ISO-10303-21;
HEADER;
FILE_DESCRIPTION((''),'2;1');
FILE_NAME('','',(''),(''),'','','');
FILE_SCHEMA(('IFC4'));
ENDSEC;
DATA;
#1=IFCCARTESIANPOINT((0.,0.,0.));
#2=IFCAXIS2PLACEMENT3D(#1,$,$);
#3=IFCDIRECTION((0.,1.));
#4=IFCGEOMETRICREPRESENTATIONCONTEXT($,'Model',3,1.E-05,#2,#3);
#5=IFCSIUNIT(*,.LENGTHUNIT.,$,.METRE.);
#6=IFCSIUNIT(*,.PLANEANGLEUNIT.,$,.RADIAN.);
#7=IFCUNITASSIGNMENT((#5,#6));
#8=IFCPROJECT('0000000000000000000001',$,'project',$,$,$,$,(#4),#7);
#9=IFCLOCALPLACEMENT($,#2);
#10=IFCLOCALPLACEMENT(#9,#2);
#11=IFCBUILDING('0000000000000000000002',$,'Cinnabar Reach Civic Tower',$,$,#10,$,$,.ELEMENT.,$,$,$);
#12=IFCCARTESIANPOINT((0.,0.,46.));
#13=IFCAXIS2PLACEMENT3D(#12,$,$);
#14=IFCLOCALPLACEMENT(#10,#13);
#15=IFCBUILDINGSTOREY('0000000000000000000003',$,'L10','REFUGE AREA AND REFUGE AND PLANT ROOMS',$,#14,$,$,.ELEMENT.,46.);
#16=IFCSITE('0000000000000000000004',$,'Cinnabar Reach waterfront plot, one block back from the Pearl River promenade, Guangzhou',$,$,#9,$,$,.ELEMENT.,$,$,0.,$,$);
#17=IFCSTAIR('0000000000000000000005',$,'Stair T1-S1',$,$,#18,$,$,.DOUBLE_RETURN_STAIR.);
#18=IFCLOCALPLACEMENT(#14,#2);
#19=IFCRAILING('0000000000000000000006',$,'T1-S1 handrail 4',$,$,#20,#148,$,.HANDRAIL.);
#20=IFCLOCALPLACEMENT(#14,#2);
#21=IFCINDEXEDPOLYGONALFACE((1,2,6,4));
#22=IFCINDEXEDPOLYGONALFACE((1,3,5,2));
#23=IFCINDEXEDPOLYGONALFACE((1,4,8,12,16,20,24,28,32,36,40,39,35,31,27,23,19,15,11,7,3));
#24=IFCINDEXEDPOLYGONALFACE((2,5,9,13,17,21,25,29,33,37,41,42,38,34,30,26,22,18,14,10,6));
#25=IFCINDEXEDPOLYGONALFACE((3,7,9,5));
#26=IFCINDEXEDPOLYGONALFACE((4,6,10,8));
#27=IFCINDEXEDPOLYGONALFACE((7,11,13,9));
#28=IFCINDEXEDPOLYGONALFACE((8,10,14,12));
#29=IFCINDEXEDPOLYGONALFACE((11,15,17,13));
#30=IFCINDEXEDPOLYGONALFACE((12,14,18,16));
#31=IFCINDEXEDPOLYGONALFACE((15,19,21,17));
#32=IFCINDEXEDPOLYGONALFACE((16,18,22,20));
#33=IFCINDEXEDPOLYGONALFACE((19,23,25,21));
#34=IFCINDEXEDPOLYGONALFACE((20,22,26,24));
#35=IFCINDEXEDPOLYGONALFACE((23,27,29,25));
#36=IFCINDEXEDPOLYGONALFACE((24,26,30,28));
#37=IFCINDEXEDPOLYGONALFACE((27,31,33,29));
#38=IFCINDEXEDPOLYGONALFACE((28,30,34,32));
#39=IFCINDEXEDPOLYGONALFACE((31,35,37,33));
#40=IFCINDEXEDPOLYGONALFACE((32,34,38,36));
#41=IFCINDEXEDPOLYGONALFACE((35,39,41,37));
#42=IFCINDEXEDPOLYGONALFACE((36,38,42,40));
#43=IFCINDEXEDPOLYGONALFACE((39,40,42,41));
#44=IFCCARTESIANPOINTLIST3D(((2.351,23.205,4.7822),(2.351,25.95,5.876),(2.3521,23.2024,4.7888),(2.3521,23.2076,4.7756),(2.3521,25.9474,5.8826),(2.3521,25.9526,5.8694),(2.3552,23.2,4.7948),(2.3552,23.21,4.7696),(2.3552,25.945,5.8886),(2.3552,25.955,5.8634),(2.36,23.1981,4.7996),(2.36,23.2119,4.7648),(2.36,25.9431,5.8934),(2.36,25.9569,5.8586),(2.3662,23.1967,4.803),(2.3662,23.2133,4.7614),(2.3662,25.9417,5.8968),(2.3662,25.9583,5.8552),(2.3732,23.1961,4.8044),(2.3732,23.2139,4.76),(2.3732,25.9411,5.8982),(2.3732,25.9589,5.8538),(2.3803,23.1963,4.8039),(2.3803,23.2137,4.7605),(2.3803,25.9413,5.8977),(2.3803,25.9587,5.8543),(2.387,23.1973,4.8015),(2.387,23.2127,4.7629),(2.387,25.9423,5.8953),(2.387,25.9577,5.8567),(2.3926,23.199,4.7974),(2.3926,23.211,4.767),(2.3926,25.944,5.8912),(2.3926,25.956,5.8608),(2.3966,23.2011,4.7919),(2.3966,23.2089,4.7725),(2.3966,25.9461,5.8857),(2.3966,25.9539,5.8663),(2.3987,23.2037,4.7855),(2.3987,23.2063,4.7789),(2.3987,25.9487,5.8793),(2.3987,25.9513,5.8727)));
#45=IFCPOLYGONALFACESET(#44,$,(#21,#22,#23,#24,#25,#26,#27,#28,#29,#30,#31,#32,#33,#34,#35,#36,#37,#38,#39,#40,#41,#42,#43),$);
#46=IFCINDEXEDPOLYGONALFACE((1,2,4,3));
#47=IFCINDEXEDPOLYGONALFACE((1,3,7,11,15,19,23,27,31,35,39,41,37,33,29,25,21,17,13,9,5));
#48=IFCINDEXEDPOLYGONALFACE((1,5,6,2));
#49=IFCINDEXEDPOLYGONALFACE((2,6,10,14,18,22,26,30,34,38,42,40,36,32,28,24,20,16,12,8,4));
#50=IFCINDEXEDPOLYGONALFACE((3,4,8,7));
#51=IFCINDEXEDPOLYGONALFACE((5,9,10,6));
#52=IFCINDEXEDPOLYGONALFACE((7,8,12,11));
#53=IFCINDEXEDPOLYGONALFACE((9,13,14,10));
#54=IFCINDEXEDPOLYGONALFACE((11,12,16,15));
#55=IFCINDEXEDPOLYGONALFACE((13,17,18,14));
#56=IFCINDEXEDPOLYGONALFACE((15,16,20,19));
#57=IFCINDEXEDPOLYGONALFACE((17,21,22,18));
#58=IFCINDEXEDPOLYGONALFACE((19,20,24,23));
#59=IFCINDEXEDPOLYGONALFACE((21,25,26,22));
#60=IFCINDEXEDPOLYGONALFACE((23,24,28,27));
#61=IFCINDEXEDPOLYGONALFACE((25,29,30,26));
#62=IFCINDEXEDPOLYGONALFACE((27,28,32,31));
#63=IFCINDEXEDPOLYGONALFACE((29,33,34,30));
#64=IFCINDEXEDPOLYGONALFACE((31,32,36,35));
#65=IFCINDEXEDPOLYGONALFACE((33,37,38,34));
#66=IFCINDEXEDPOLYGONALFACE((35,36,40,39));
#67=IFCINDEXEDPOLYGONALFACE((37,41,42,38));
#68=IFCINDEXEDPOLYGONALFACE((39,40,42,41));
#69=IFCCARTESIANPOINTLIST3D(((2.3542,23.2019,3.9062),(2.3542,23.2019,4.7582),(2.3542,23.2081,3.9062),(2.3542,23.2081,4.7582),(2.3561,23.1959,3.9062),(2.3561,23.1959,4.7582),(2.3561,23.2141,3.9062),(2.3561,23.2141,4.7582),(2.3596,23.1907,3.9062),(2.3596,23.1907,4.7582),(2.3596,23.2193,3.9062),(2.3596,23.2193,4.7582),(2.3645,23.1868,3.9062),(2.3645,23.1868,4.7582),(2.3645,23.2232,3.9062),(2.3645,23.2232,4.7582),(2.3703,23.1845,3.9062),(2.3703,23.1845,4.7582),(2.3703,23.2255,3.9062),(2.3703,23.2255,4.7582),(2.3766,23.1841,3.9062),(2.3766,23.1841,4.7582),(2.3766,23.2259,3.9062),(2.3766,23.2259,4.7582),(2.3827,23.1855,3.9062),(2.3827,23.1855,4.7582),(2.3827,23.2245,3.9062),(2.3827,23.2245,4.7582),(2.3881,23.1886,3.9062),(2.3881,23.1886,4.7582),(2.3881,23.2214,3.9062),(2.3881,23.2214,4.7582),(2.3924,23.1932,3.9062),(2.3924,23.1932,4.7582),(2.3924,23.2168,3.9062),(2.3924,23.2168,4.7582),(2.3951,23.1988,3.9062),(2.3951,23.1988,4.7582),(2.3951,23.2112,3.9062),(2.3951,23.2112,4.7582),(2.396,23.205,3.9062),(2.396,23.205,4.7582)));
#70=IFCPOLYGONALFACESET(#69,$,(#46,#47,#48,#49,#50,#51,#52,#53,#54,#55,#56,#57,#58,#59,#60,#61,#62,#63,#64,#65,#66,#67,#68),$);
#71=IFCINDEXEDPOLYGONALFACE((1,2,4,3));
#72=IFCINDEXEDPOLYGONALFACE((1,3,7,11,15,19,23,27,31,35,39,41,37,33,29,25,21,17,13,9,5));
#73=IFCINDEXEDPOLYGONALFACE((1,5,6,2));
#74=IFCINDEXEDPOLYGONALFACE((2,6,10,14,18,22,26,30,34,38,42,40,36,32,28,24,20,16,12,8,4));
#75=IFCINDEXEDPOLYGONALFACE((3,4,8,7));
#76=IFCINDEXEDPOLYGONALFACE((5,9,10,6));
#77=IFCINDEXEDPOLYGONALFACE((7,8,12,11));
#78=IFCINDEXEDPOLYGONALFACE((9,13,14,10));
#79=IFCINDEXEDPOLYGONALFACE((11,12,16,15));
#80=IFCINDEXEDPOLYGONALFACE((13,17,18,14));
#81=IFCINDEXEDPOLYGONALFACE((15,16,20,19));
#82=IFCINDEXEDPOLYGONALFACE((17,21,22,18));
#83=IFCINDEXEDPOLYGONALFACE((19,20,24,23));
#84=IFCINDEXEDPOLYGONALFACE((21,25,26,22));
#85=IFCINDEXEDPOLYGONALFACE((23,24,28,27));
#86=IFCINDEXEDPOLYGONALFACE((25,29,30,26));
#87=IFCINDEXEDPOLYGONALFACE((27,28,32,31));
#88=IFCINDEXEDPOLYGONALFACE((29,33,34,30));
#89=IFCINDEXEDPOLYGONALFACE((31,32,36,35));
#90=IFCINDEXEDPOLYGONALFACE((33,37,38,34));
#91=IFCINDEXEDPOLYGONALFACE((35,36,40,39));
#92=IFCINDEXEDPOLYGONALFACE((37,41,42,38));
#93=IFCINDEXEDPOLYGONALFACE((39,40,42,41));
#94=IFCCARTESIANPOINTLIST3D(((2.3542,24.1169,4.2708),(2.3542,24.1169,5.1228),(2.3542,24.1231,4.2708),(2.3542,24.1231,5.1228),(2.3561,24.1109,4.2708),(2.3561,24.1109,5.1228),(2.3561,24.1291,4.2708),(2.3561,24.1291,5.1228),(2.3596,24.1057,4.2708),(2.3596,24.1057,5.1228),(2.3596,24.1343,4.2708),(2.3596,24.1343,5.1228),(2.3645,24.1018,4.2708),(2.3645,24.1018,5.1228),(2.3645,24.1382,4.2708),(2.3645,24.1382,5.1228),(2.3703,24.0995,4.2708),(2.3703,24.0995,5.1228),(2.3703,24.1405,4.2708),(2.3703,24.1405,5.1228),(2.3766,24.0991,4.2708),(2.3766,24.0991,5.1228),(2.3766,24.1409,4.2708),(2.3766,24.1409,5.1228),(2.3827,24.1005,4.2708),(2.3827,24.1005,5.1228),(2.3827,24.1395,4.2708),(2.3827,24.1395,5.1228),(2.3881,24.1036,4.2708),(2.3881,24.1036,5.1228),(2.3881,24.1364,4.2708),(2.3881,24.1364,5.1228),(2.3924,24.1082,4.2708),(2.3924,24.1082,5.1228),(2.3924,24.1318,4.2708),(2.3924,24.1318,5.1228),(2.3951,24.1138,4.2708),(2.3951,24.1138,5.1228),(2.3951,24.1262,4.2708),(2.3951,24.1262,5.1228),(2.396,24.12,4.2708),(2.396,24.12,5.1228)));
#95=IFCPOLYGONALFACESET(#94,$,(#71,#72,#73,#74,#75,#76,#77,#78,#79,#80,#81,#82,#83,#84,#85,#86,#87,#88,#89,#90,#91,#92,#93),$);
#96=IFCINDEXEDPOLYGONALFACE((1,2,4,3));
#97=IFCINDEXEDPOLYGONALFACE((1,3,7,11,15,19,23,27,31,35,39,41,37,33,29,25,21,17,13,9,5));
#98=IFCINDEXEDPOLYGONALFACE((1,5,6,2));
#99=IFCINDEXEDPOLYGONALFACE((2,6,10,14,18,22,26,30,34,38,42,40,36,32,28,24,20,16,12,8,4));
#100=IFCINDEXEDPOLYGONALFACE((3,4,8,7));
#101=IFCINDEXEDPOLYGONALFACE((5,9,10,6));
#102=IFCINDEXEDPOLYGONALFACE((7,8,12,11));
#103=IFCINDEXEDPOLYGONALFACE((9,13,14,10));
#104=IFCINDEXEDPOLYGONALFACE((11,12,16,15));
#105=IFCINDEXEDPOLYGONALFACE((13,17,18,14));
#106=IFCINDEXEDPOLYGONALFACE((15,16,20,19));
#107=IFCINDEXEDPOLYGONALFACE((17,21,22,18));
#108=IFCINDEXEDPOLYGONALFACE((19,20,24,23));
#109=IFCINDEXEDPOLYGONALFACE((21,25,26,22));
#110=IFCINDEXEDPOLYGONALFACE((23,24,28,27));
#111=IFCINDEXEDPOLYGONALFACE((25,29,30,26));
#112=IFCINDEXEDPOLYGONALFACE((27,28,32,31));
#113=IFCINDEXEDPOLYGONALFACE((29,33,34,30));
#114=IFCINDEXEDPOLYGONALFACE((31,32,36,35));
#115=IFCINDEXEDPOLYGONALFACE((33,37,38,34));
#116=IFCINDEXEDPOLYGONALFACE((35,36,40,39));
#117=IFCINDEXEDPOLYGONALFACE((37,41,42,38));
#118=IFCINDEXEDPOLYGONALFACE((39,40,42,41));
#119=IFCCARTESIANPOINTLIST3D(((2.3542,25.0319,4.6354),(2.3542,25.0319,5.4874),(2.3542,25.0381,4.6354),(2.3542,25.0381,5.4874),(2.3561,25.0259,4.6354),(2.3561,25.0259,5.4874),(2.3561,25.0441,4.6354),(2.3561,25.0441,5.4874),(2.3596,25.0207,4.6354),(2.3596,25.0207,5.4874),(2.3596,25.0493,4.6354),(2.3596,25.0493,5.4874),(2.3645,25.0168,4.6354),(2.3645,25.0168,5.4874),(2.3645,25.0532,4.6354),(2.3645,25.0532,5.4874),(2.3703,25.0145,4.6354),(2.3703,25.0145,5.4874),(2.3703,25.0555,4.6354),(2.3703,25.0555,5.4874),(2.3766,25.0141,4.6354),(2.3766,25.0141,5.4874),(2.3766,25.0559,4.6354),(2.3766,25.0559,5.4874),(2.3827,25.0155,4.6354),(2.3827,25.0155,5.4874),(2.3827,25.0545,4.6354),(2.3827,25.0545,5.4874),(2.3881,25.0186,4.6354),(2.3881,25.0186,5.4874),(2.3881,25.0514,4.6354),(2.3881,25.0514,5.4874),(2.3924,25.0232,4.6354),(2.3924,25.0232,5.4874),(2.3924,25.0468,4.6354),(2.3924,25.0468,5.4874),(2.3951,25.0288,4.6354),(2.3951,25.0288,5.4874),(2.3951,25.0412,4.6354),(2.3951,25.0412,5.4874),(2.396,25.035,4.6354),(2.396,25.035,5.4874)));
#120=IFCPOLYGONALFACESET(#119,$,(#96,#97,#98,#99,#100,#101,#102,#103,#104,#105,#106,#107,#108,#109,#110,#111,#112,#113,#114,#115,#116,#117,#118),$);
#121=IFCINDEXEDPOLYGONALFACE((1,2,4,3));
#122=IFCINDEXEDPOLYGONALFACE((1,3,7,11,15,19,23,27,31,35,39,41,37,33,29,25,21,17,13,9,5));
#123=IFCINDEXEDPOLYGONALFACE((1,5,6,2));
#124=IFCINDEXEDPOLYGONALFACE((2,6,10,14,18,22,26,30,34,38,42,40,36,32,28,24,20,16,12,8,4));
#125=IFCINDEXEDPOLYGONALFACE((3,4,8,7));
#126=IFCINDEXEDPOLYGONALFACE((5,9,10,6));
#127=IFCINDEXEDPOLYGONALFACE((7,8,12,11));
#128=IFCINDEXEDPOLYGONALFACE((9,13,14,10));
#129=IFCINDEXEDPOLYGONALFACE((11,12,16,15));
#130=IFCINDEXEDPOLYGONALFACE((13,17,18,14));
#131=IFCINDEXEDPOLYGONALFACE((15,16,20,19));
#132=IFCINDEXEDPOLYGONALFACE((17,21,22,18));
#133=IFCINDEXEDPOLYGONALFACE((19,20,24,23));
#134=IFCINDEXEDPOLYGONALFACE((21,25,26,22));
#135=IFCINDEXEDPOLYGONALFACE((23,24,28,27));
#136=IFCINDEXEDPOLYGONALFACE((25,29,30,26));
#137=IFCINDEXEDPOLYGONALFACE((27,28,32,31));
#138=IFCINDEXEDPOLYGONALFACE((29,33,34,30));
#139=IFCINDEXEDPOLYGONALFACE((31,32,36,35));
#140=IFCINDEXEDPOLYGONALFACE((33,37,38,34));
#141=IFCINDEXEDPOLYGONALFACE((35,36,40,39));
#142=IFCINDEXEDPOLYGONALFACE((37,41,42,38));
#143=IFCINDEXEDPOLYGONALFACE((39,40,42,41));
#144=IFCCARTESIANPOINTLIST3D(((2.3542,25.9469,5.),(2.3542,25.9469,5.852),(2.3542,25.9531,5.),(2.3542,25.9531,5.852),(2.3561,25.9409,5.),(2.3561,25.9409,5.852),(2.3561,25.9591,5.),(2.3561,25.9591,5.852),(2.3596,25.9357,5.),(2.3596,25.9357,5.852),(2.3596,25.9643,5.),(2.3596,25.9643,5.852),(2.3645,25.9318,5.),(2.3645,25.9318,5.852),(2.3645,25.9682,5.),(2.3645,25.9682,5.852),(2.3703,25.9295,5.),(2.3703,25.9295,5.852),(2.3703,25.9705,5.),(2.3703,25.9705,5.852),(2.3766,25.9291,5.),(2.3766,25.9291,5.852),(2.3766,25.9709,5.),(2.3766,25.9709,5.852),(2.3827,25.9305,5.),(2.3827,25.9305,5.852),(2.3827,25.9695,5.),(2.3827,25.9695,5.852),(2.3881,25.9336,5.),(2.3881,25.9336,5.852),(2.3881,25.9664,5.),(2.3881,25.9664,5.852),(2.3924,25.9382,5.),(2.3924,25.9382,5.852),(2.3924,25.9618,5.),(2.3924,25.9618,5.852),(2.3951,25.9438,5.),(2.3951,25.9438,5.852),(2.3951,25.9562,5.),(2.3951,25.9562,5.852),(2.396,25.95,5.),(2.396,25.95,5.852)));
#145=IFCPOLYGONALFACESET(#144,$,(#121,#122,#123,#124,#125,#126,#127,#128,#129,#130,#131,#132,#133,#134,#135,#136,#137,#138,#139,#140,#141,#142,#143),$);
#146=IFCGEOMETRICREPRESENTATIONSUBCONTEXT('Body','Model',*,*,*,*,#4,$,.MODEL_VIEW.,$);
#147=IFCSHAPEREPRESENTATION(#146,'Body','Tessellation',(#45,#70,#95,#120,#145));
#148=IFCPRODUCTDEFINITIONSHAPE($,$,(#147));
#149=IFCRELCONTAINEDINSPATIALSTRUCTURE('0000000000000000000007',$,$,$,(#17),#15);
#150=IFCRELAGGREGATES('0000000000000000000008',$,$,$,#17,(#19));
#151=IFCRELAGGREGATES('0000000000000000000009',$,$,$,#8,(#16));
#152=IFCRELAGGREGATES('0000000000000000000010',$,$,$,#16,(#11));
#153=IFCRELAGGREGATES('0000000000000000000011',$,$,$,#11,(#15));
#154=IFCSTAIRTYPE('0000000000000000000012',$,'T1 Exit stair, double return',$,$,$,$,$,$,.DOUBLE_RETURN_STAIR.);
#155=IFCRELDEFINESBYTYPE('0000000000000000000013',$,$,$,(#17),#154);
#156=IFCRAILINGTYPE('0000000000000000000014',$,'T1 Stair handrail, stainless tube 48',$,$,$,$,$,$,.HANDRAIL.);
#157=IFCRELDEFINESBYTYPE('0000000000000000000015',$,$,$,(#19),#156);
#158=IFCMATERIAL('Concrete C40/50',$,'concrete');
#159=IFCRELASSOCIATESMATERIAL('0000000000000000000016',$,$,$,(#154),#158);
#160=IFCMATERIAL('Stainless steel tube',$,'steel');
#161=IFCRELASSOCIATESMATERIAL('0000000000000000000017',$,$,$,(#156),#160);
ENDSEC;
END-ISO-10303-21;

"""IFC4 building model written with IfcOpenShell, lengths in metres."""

from ifc_helpers import new_model, si_unit, direction, frame, origin, origin_2d, place, context, subcontext, project, spatial, circle, extrude, material, type_object, element, aggregate, save


model = new_model("IFC4")

# Units and contexts
model_context = context("Model", 3, precision=1e-05, world=origin(), true_north=direction((0.0, 1.0)))
body_context = subcontext(model_context, "Body", "Model", "MODEL_VIEW")
ifc_project = project(units=[si_unit("LENGTHUNIT", "METRE"), si_unit("PLANEANGLEUNIT", "RADIAN")], contexts=[model_context])

# Site, building, storey
site_placement = place(None, origin())
site = spatial("IfcSite", under=ifc_project, at=site_placement, Name="Cinnabar Reach waterfront plot, one block back from the Pearl River promenade, Guangzhou", CompositionType="ELEMENT", RefElevation=0.0)
building_placement = place(site_placement, origin())
building = spatial("IfcBuilding", under=site, at=building_placement, Name="Cinnabar Reach Civic Tower", CompositionType="ELEMENT")
storey_placement = place(building_placement, frame((0.0, 0.0, 46.0)))
storey = spatial("IfcBuildingStorey", under=building, at=storey_placement, Name="L10", Description="REFUGE AREA AND REFUGE AND PLANT ROOMS", CompositionType="ELEMENT", Elevation=46.0)

# Stair, railing
ifc_material_1 = material(Name="Concrete C40/50", Category="concrete")
stair_type = type_object("IfcStairType", Name="T1 Exit stair, double return", PredefinedType="DOUBLE_RETURN_STAIR", material=ifc_material_1)
stair_placement = place(storey_placement, origin())
stair = element("IfcStair", 1, at=stair_placement, inside=storey, type_object=stair_type, Name="Stair T1-S1", PredefinedType="DOUBLE_RETURN_STAIR")
ifc_material_2 = material(Name="Stainless steel tube", Category="steel")
railing_type = type_object("IfcRailingType", Name="T1 Stair handrail, stainless tube 48", PredefinedType="HANDRAIL", material=ifc_material_2)
railing_placement = place(storey_placement, frame((2.375, 23.205, 3.9062)))
railing = element("IfcRailing", 2, at=railing_placement, type_object=railing_type, Name="T1-S1 handrail 4", PredefinedType="HANDRAIL", context=body_context, shape_type="SweptSolid", body=[
    extrude(circle(Radius=0.024, at=origin_2d()), frame((0.0, 0.0, 0.876), z_axis=(0.0, 0.928966, 0.370165), x_axis=(-1.0, 0.0, 0.0)), (0.0, 0.0, 1.0), 2.9549),
    extrude(circle(Radius=0.021, at=origin_2d()), origin(), (0.0, 0.0, 1.0), 0.852),
    extrude(circle(Radius=0.021, at=origin_2d()), frame((0.0, 0.915, 0.3646)), (0.0, 0.0, 1.0), 0.852),
    extrude(circle(Radius=0.021, at=origin_2d()), frame((0.0, 1.83, 0.7292)), (0.0, 0.0, 1.0), 0.852),
    extrude(circle(Radius=0.021, at=origin_2d()), frame((0.0, 2.745, 1.0938)), (0.0, 0.0, 1.0), 0.852),
])
aggregate(stair, [railing])

save(model, "model.ifc")
